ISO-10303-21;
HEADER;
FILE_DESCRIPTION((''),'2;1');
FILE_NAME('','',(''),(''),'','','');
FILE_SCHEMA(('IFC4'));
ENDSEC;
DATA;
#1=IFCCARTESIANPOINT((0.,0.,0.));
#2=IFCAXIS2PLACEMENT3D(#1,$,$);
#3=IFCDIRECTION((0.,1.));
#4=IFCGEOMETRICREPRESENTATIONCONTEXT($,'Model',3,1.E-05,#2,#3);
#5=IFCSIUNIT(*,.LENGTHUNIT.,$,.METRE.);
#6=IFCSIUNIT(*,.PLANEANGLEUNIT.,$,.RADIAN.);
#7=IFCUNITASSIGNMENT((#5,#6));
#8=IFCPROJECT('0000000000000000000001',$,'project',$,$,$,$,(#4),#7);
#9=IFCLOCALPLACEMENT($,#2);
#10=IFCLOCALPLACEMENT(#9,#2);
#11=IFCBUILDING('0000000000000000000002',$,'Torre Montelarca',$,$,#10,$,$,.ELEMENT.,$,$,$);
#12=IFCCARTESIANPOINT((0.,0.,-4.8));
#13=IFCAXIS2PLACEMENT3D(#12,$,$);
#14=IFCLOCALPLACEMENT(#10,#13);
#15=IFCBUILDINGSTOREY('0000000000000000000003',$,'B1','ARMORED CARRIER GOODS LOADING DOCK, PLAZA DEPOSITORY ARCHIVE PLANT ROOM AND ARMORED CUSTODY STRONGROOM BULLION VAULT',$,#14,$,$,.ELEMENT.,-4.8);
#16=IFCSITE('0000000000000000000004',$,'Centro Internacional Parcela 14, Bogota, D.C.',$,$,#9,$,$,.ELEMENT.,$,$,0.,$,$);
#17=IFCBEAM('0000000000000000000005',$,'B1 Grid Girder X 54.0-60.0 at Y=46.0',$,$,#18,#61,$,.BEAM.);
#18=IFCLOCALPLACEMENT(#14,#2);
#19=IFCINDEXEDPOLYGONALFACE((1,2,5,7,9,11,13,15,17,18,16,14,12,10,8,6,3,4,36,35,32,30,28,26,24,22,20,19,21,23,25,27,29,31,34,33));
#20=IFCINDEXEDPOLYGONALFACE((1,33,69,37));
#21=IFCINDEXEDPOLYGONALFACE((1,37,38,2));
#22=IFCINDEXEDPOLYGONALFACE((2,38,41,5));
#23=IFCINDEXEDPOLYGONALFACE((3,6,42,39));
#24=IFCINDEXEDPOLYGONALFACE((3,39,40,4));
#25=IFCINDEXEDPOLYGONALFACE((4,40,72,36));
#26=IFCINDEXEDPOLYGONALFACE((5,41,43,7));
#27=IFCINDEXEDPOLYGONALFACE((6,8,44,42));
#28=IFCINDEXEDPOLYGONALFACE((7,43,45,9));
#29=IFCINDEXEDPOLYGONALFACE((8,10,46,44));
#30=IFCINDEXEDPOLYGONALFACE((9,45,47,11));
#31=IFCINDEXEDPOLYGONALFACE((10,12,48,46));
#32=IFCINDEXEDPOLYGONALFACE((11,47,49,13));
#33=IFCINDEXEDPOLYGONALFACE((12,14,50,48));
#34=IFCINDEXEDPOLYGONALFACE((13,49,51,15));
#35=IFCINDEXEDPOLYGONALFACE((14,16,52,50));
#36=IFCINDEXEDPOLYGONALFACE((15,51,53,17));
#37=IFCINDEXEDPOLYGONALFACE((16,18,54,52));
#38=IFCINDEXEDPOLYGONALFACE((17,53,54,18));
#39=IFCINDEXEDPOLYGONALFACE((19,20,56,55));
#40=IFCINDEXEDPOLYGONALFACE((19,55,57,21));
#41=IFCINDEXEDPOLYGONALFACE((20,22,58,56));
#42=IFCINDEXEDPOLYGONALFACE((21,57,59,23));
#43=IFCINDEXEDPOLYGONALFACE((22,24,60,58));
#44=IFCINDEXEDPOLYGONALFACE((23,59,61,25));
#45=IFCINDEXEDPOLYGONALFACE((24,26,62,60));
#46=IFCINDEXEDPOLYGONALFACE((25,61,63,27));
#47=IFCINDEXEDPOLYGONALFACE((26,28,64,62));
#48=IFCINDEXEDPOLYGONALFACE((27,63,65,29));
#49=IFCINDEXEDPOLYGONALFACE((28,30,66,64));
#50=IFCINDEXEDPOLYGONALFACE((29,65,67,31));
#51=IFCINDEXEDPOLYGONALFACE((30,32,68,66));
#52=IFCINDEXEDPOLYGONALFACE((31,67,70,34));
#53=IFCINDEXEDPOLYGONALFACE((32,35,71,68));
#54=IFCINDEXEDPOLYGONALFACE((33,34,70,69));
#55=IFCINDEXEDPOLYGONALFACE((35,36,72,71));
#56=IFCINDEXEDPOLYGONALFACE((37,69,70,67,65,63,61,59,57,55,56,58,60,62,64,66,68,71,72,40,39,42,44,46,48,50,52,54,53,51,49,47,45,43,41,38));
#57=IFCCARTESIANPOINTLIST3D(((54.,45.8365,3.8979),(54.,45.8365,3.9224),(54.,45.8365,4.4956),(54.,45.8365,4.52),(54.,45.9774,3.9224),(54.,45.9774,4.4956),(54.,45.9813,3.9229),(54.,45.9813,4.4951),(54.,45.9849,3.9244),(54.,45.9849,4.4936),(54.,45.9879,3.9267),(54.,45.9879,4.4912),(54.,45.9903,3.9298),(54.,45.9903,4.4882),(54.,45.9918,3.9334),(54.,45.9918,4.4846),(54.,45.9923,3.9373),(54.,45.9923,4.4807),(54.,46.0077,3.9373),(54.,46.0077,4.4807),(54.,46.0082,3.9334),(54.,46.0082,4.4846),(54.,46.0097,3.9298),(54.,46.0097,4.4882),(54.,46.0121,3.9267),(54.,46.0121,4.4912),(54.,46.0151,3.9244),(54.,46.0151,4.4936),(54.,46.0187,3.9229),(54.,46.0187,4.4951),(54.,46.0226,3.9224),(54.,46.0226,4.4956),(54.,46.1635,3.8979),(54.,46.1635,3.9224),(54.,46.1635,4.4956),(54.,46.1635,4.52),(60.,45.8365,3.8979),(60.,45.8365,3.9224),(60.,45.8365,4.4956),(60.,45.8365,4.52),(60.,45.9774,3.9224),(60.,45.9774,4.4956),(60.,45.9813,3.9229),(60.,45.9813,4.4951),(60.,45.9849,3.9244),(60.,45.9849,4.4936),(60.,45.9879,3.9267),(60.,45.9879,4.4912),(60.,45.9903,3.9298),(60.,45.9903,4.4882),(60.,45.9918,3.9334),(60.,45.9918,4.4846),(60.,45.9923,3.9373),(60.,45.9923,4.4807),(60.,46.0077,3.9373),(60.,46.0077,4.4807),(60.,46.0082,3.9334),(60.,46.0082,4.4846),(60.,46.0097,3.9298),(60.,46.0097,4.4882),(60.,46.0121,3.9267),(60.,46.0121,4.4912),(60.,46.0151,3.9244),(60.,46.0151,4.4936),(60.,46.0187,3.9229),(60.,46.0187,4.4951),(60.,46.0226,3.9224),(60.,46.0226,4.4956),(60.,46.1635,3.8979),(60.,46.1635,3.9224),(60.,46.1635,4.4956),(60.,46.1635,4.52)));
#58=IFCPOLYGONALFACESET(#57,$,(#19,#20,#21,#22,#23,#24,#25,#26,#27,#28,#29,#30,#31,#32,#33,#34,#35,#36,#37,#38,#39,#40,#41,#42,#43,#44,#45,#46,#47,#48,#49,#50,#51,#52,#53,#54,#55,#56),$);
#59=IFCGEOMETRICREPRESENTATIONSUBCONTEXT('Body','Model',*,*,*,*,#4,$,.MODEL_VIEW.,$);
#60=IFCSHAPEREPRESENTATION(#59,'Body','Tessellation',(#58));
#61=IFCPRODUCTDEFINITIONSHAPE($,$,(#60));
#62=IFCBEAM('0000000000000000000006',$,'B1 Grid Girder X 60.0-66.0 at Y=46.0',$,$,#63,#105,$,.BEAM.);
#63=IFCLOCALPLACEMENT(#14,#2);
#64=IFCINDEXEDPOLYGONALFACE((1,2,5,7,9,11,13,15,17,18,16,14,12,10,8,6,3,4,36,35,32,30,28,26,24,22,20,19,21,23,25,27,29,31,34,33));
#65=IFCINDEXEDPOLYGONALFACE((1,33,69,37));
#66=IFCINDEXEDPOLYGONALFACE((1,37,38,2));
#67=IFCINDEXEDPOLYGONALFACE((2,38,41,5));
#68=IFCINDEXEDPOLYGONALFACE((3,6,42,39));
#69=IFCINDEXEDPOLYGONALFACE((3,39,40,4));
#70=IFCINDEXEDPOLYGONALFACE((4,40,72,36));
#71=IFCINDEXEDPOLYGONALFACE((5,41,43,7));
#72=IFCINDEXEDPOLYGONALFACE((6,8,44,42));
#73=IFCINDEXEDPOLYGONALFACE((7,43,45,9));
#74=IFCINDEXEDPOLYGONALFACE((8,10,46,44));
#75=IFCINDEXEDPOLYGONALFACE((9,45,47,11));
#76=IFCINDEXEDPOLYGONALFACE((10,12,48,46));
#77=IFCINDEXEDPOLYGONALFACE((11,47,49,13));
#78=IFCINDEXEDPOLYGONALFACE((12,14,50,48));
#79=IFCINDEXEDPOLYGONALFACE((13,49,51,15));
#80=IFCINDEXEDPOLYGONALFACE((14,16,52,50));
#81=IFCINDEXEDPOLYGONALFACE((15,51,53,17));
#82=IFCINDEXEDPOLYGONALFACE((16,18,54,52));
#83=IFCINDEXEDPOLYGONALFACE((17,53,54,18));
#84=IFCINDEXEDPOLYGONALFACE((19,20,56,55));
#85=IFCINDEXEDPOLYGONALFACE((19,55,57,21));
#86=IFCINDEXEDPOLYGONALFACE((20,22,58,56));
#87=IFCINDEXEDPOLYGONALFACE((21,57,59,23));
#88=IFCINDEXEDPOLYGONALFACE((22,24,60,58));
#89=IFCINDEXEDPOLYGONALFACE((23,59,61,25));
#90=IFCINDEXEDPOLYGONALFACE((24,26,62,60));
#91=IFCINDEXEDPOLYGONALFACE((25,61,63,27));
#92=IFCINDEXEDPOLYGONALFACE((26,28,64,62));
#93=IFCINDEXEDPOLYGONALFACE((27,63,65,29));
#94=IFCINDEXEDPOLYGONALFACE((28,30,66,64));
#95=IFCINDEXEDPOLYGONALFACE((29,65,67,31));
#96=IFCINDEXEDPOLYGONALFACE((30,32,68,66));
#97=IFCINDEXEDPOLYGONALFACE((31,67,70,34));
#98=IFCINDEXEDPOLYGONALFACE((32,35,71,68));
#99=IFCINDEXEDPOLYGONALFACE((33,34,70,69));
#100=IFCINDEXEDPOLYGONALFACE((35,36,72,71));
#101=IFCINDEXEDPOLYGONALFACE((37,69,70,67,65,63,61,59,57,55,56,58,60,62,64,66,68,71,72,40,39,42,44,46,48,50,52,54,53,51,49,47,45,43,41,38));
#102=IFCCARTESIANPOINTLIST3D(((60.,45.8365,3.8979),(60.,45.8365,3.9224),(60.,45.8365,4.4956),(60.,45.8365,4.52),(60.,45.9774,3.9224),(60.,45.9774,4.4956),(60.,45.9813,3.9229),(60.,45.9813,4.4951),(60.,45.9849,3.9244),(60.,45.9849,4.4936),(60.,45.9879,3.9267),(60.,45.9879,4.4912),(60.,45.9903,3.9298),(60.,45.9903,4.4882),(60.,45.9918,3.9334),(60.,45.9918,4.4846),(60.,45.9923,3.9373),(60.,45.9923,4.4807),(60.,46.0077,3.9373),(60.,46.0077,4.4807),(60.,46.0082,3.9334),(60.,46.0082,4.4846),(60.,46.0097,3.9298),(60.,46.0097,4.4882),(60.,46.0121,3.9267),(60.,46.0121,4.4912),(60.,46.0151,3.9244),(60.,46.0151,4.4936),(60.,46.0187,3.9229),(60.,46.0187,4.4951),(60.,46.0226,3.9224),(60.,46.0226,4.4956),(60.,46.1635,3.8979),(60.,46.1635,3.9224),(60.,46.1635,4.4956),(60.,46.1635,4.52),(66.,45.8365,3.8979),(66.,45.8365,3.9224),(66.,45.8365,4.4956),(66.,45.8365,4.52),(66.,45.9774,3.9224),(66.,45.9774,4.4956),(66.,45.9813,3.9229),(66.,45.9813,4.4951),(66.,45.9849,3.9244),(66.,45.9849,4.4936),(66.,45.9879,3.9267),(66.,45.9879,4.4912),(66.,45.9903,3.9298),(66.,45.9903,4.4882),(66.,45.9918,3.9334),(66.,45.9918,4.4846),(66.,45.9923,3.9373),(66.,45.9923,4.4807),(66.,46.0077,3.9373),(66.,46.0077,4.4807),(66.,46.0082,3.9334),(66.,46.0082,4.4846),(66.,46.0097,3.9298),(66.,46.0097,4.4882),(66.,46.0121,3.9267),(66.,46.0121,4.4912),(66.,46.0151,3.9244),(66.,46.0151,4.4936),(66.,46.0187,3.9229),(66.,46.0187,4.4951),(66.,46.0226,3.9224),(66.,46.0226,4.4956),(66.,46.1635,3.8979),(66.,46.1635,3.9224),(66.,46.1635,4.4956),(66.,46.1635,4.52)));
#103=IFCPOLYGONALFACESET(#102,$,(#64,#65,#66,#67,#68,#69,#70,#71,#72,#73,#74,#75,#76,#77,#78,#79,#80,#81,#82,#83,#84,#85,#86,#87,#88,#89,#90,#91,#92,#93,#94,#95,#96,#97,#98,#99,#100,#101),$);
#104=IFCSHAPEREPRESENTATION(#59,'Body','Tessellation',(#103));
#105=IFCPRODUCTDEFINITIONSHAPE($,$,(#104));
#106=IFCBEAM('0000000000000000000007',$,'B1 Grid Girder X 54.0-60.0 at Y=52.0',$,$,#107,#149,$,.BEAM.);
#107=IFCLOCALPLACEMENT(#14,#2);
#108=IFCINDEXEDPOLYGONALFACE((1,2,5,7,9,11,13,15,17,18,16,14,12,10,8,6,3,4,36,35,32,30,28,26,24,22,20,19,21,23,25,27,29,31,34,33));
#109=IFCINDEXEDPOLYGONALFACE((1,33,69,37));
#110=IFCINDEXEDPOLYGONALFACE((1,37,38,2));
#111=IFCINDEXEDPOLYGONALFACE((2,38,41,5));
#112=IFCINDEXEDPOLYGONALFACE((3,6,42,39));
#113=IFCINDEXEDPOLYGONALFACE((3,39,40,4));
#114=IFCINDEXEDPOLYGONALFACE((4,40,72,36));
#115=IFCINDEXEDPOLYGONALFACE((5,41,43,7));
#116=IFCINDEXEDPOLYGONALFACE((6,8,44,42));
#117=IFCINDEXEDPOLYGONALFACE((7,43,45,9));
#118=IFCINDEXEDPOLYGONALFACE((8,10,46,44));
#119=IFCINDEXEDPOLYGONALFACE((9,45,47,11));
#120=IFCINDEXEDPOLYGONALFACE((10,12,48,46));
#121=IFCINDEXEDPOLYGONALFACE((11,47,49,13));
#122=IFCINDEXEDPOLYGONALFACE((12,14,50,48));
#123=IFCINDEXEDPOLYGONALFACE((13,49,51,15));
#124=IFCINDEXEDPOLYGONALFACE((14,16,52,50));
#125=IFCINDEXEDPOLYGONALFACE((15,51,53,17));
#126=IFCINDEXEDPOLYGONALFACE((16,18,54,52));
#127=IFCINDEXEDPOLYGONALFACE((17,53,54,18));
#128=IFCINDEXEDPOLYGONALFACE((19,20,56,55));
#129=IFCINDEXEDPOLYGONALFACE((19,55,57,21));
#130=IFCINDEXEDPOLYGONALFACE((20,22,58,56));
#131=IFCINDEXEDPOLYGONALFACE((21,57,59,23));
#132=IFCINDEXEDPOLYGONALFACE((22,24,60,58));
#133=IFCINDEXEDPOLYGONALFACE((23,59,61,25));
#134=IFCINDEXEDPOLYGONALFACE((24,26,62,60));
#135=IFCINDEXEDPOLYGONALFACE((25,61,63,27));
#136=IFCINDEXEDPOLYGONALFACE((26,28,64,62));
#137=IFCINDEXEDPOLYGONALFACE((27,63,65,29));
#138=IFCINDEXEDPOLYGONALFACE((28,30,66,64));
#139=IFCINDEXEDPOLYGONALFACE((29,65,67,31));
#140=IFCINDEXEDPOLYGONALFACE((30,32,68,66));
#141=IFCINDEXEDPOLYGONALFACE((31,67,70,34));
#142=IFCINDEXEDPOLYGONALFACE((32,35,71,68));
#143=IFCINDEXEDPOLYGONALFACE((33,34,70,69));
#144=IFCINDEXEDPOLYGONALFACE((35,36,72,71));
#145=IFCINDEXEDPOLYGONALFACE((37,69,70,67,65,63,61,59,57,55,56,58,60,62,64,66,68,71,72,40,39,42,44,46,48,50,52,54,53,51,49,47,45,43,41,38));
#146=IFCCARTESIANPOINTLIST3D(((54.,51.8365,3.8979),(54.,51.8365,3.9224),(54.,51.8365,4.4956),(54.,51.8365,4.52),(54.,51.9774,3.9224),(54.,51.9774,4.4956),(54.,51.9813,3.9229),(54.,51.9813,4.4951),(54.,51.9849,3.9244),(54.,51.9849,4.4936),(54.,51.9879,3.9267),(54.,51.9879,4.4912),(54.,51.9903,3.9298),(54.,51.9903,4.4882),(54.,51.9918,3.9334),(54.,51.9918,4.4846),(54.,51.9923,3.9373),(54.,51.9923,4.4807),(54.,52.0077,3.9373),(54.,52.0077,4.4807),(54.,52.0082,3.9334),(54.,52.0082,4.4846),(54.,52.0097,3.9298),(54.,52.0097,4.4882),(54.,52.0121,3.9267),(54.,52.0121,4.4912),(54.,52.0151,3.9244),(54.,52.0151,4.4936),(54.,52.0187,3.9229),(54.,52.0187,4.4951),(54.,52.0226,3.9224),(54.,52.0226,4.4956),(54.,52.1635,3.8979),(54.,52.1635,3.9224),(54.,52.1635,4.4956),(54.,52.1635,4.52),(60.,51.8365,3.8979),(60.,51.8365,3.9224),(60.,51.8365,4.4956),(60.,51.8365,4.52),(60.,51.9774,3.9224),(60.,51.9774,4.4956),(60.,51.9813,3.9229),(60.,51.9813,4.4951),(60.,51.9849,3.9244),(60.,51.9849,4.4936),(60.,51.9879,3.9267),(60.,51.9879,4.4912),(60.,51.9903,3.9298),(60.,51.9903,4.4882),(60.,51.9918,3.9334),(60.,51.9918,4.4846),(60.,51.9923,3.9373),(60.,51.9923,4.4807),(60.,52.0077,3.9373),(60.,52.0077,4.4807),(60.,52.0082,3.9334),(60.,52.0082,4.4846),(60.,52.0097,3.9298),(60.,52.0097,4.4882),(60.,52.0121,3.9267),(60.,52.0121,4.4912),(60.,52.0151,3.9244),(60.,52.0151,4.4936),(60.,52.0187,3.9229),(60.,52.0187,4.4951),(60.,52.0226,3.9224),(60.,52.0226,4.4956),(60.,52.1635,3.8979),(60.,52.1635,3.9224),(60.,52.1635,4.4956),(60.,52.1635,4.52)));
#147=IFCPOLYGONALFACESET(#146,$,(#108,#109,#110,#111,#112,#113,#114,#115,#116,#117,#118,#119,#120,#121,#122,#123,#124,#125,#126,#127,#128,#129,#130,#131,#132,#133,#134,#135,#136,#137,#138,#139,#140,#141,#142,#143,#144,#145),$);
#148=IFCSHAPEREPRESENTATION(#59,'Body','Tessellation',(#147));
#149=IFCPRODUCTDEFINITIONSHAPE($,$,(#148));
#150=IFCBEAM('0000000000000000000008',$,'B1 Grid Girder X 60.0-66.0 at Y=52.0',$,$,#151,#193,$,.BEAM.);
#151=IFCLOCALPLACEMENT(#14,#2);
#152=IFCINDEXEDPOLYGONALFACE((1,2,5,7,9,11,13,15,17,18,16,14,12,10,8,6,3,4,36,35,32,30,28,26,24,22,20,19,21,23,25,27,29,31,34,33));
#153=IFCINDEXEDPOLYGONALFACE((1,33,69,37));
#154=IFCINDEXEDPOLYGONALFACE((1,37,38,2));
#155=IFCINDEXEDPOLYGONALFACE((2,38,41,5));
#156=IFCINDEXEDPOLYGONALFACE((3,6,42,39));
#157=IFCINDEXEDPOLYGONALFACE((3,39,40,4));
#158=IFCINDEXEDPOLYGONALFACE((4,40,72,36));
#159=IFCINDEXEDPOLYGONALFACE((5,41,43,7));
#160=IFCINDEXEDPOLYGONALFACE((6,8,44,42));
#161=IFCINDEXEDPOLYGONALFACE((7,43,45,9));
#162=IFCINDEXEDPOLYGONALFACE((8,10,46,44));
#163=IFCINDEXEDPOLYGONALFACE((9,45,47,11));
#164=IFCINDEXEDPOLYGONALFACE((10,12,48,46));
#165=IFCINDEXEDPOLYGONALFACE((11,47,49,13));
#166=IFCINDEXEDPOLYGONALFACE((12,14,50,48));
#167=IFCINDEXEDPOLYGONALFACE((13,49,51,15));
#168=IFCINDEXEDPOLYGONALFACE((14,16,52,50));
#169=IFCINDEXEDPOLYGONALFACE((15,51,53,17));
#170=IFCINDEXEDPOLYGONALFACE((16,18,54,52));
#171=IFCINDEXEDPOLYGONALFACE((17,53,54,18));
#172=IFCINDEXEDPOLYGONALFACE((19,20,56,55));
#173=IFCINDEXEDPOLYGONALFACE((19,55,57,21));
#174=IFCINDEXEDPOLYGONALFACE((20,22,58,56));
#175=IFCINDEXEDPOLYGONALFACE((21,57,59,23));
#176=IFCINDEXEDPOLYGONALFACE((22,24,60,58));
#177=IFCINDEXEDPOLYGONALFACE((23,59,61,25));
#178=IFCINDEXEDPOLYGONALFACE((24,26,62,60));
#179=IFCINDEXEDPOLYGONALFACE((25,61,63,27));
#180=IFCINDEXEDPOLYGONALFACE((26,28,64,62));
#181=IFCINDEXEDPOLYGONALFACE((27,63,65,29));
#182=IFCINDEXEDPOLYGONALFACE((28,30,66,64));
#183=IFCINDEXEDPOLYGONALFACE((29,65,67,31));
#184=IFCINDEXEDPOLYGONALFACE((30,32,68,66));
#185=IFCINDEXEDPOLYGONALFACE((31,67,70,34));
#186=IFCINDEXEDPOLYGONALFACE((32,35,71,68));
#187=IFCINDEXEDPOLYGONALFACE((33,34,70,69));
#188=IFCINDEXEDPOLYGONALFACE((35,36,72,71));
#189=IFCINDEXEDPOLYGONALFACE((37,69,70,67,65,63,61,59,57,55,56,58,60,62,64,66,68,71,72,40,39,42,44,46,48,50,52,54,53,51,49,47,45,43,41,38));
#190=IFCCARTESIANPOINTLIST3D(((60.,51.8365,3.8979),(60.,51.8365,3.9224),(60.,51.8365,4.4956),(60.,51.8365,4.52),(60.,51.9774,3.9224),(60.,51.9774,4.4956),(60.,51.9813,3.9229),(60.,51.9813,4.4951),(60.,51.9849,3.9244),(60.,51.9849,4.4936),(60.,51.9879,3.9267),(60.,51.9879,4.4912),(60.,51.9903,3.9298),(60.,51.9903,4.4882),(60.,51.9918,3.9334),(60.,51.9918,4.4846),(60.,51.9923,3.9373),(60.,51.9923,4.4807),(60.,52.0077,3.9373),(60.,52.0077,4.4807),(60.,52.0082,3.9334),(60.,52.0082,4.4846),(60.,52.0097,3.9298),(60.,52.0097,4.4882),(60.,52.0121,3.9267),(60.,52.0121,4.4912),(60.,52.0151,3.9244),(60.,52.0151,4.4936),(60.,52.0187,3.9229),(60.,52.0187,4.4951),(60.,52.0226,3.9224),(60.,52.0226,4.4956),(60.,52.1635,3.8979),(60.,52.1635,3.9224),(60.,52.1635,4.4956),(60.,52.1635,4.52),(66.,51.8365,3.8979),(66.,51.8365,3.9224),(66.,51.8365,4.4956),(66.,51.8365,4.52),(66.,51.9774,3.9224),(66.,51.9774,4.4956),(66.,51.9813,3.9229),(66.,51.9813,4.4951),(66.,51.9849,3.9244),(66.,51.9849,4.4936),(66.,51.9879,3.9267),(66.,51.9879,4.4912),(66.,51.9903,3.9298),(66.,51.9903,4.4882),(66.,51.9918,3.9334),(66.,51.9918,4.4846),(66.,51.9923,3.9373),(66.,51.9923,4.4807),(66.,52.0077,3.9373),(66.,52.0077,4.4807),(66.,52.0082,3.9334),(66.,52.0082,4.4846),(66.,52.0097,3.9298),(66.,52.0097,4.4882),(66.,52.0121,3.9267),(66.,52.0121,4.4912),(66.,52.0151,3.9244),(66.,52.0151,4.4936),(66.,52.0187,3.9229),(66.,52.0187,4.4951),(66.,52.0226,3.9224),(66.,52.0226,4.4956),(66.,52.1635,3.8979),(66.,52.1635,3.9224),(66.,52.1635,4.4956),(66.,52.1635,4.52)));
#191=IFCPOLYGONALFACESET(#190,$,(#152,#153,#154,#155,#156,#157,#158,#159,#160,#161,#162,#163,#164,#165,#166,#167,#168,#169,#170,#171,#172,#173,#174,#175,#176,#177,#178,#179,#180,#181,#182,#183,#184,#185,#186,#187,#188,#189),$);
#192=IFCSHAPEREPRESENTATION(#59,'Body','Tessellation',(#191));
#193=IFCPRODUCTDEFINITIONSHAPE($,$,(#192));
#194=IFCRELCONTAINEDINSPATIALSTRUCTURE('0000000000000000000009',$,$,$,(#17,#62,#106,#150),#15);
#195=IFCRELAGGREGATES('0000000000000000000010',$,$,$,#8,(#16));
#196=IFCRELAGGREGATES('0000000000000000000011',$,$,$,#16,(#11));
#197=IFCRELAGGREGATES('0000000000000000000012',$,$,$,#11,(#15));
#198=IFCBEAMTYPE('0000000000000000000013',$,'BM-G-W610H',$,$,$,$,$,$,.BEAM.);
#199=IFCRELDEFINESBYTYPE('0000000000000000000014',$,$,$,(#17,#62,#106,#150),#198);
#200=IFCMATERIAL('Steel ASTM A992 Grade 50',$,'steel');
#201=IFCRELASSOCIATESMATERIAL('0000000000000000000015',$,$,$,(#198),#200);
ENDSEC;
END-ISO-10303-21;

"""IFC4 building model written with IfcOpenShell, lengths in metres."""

from ifc_helpers import new_model, si_unit, direction, frame, origin, origin_2d, place, context, subcontext, project, spatial, i_section, extrude, source, transform, mapped, material, material_profile, profile_set, type_object, element, save


model = new_model("IFC4")

# Units and contexts
model_context = context("Model", 3, precision=1e-05, world=origin(), true_north=direction((0.0, 1.0)))
body_context = subcontext(model_context, "Body", "Model", "MODEL_VIEW")
ifc_project = project(units=[si_unit("LENGTHUNIT", "METRE"), si_unit("PLANEANGLEUNIT", "RADIAN")], contexts=[model_context])

# Site, building, storey
site_placement = place(None, origin())
site = spatial("IfcSite", under=ifc_project, at=site_placement, Name="Centro Internacional Parcela 14, Bogota, D.C.", CompositionType="ELEMENT", RefElevation=0.0)
building_placement = place(site_placement, origin())
building = spatial("IfcBuilding", under=site, at=building_placement, Name="Torre Montelarca", CompositionType="ELEMENT")
storey_placement = place(building_placement, frame((0.0, 0.0, -4.8)))
storey = spatial("IfcBuildingStorey", under=building, at=storey_placement, Name="B1", Description="ARMORED CARRIER GOODS LOADING DOCK, PLAZA DEPOSITORY ARCHIVE PLANT ROOM AND ARMORED CUSTODY STRONGROOM BULLION VAULT", CompositionType="ELEMENT", Elevation=-4.8)

# Beams
ifc_material_1 = material(Name="Steel ASTM A992 Grade 50", Category="steel")
ifc_material_profile_1 = material_profile(ifc_material_1, i_section(OverallWidth=0.3269, OverallDepth=0.6221, WebThickness=0.0154, FlangeThickness=0.0244, FilletRadius=0.0149, at=origin_2d()), Name="W610X195", Category="steel")
ifc_profile_set_1 = profile_set([ifc_material_profile_1], Name="Steel ASTM A992 Grade 50")
beam_type_1 = type_object("IfcBeamType", Name="BM-G-W610H", PredefinedType="BEAM", material=ifc_profile_set_1)
shared_shape_1 = source(origin(), body_context, "Body", "SweptSolid", [
    extrude(i_section(OverallWidth=0.3269, OverallDepth=0.6221, WebThickness=0.0154, FlangeThickness=0.0244, FilletRadius=0.0149, at=origin_2d()), origin(), (0.0, 0.0, 1.0), 6.0),
])
for number, where, z_axis, x_axis, name in (
    (1, (54.0, 46.0, 4.209), (1.0, 0.0, 0.0), (0.0, 1.0, 0.0), "B1 Grid Girder X 54.0-60.0 at Y=46.0"),
    (2, (60.0, 46.0, 4.209), (1.0, 0.0, 0.0), (0.0, 1.0, 0.0), "B1 Grid Girder X 60.0-66.0 at Y=46.0"),
    (3, (54.0, 52.0, 4.209), (1.0, 0.0, 0.0), (0.0, 1.0, 0.0), "B1 Grid Girder X 54.0-60.0 at Y=52.0"),
    (4, (60.0, 52.0, 4.209), (1.0, 0.0, 0.0), (0.0, 1.0, 0.0), "B1 Grid Girder X 60.0-66.0 at Y=52.0"),
):
    element("IfcBeam", number, at=place(storey_placement, frame(where, z_axis=z_axis, x_axis=x_axis)), inside=storey, type_object=beam_type_1, Name=name, PredefinedType="BEAM", context=body_context, shape_type="MappedRepresentation", body=[
        mapped(shared_shape_1, transform((0.0, 0.0, 0.0), scale=1.0)),
    ])

save(model, "model.ifc")
